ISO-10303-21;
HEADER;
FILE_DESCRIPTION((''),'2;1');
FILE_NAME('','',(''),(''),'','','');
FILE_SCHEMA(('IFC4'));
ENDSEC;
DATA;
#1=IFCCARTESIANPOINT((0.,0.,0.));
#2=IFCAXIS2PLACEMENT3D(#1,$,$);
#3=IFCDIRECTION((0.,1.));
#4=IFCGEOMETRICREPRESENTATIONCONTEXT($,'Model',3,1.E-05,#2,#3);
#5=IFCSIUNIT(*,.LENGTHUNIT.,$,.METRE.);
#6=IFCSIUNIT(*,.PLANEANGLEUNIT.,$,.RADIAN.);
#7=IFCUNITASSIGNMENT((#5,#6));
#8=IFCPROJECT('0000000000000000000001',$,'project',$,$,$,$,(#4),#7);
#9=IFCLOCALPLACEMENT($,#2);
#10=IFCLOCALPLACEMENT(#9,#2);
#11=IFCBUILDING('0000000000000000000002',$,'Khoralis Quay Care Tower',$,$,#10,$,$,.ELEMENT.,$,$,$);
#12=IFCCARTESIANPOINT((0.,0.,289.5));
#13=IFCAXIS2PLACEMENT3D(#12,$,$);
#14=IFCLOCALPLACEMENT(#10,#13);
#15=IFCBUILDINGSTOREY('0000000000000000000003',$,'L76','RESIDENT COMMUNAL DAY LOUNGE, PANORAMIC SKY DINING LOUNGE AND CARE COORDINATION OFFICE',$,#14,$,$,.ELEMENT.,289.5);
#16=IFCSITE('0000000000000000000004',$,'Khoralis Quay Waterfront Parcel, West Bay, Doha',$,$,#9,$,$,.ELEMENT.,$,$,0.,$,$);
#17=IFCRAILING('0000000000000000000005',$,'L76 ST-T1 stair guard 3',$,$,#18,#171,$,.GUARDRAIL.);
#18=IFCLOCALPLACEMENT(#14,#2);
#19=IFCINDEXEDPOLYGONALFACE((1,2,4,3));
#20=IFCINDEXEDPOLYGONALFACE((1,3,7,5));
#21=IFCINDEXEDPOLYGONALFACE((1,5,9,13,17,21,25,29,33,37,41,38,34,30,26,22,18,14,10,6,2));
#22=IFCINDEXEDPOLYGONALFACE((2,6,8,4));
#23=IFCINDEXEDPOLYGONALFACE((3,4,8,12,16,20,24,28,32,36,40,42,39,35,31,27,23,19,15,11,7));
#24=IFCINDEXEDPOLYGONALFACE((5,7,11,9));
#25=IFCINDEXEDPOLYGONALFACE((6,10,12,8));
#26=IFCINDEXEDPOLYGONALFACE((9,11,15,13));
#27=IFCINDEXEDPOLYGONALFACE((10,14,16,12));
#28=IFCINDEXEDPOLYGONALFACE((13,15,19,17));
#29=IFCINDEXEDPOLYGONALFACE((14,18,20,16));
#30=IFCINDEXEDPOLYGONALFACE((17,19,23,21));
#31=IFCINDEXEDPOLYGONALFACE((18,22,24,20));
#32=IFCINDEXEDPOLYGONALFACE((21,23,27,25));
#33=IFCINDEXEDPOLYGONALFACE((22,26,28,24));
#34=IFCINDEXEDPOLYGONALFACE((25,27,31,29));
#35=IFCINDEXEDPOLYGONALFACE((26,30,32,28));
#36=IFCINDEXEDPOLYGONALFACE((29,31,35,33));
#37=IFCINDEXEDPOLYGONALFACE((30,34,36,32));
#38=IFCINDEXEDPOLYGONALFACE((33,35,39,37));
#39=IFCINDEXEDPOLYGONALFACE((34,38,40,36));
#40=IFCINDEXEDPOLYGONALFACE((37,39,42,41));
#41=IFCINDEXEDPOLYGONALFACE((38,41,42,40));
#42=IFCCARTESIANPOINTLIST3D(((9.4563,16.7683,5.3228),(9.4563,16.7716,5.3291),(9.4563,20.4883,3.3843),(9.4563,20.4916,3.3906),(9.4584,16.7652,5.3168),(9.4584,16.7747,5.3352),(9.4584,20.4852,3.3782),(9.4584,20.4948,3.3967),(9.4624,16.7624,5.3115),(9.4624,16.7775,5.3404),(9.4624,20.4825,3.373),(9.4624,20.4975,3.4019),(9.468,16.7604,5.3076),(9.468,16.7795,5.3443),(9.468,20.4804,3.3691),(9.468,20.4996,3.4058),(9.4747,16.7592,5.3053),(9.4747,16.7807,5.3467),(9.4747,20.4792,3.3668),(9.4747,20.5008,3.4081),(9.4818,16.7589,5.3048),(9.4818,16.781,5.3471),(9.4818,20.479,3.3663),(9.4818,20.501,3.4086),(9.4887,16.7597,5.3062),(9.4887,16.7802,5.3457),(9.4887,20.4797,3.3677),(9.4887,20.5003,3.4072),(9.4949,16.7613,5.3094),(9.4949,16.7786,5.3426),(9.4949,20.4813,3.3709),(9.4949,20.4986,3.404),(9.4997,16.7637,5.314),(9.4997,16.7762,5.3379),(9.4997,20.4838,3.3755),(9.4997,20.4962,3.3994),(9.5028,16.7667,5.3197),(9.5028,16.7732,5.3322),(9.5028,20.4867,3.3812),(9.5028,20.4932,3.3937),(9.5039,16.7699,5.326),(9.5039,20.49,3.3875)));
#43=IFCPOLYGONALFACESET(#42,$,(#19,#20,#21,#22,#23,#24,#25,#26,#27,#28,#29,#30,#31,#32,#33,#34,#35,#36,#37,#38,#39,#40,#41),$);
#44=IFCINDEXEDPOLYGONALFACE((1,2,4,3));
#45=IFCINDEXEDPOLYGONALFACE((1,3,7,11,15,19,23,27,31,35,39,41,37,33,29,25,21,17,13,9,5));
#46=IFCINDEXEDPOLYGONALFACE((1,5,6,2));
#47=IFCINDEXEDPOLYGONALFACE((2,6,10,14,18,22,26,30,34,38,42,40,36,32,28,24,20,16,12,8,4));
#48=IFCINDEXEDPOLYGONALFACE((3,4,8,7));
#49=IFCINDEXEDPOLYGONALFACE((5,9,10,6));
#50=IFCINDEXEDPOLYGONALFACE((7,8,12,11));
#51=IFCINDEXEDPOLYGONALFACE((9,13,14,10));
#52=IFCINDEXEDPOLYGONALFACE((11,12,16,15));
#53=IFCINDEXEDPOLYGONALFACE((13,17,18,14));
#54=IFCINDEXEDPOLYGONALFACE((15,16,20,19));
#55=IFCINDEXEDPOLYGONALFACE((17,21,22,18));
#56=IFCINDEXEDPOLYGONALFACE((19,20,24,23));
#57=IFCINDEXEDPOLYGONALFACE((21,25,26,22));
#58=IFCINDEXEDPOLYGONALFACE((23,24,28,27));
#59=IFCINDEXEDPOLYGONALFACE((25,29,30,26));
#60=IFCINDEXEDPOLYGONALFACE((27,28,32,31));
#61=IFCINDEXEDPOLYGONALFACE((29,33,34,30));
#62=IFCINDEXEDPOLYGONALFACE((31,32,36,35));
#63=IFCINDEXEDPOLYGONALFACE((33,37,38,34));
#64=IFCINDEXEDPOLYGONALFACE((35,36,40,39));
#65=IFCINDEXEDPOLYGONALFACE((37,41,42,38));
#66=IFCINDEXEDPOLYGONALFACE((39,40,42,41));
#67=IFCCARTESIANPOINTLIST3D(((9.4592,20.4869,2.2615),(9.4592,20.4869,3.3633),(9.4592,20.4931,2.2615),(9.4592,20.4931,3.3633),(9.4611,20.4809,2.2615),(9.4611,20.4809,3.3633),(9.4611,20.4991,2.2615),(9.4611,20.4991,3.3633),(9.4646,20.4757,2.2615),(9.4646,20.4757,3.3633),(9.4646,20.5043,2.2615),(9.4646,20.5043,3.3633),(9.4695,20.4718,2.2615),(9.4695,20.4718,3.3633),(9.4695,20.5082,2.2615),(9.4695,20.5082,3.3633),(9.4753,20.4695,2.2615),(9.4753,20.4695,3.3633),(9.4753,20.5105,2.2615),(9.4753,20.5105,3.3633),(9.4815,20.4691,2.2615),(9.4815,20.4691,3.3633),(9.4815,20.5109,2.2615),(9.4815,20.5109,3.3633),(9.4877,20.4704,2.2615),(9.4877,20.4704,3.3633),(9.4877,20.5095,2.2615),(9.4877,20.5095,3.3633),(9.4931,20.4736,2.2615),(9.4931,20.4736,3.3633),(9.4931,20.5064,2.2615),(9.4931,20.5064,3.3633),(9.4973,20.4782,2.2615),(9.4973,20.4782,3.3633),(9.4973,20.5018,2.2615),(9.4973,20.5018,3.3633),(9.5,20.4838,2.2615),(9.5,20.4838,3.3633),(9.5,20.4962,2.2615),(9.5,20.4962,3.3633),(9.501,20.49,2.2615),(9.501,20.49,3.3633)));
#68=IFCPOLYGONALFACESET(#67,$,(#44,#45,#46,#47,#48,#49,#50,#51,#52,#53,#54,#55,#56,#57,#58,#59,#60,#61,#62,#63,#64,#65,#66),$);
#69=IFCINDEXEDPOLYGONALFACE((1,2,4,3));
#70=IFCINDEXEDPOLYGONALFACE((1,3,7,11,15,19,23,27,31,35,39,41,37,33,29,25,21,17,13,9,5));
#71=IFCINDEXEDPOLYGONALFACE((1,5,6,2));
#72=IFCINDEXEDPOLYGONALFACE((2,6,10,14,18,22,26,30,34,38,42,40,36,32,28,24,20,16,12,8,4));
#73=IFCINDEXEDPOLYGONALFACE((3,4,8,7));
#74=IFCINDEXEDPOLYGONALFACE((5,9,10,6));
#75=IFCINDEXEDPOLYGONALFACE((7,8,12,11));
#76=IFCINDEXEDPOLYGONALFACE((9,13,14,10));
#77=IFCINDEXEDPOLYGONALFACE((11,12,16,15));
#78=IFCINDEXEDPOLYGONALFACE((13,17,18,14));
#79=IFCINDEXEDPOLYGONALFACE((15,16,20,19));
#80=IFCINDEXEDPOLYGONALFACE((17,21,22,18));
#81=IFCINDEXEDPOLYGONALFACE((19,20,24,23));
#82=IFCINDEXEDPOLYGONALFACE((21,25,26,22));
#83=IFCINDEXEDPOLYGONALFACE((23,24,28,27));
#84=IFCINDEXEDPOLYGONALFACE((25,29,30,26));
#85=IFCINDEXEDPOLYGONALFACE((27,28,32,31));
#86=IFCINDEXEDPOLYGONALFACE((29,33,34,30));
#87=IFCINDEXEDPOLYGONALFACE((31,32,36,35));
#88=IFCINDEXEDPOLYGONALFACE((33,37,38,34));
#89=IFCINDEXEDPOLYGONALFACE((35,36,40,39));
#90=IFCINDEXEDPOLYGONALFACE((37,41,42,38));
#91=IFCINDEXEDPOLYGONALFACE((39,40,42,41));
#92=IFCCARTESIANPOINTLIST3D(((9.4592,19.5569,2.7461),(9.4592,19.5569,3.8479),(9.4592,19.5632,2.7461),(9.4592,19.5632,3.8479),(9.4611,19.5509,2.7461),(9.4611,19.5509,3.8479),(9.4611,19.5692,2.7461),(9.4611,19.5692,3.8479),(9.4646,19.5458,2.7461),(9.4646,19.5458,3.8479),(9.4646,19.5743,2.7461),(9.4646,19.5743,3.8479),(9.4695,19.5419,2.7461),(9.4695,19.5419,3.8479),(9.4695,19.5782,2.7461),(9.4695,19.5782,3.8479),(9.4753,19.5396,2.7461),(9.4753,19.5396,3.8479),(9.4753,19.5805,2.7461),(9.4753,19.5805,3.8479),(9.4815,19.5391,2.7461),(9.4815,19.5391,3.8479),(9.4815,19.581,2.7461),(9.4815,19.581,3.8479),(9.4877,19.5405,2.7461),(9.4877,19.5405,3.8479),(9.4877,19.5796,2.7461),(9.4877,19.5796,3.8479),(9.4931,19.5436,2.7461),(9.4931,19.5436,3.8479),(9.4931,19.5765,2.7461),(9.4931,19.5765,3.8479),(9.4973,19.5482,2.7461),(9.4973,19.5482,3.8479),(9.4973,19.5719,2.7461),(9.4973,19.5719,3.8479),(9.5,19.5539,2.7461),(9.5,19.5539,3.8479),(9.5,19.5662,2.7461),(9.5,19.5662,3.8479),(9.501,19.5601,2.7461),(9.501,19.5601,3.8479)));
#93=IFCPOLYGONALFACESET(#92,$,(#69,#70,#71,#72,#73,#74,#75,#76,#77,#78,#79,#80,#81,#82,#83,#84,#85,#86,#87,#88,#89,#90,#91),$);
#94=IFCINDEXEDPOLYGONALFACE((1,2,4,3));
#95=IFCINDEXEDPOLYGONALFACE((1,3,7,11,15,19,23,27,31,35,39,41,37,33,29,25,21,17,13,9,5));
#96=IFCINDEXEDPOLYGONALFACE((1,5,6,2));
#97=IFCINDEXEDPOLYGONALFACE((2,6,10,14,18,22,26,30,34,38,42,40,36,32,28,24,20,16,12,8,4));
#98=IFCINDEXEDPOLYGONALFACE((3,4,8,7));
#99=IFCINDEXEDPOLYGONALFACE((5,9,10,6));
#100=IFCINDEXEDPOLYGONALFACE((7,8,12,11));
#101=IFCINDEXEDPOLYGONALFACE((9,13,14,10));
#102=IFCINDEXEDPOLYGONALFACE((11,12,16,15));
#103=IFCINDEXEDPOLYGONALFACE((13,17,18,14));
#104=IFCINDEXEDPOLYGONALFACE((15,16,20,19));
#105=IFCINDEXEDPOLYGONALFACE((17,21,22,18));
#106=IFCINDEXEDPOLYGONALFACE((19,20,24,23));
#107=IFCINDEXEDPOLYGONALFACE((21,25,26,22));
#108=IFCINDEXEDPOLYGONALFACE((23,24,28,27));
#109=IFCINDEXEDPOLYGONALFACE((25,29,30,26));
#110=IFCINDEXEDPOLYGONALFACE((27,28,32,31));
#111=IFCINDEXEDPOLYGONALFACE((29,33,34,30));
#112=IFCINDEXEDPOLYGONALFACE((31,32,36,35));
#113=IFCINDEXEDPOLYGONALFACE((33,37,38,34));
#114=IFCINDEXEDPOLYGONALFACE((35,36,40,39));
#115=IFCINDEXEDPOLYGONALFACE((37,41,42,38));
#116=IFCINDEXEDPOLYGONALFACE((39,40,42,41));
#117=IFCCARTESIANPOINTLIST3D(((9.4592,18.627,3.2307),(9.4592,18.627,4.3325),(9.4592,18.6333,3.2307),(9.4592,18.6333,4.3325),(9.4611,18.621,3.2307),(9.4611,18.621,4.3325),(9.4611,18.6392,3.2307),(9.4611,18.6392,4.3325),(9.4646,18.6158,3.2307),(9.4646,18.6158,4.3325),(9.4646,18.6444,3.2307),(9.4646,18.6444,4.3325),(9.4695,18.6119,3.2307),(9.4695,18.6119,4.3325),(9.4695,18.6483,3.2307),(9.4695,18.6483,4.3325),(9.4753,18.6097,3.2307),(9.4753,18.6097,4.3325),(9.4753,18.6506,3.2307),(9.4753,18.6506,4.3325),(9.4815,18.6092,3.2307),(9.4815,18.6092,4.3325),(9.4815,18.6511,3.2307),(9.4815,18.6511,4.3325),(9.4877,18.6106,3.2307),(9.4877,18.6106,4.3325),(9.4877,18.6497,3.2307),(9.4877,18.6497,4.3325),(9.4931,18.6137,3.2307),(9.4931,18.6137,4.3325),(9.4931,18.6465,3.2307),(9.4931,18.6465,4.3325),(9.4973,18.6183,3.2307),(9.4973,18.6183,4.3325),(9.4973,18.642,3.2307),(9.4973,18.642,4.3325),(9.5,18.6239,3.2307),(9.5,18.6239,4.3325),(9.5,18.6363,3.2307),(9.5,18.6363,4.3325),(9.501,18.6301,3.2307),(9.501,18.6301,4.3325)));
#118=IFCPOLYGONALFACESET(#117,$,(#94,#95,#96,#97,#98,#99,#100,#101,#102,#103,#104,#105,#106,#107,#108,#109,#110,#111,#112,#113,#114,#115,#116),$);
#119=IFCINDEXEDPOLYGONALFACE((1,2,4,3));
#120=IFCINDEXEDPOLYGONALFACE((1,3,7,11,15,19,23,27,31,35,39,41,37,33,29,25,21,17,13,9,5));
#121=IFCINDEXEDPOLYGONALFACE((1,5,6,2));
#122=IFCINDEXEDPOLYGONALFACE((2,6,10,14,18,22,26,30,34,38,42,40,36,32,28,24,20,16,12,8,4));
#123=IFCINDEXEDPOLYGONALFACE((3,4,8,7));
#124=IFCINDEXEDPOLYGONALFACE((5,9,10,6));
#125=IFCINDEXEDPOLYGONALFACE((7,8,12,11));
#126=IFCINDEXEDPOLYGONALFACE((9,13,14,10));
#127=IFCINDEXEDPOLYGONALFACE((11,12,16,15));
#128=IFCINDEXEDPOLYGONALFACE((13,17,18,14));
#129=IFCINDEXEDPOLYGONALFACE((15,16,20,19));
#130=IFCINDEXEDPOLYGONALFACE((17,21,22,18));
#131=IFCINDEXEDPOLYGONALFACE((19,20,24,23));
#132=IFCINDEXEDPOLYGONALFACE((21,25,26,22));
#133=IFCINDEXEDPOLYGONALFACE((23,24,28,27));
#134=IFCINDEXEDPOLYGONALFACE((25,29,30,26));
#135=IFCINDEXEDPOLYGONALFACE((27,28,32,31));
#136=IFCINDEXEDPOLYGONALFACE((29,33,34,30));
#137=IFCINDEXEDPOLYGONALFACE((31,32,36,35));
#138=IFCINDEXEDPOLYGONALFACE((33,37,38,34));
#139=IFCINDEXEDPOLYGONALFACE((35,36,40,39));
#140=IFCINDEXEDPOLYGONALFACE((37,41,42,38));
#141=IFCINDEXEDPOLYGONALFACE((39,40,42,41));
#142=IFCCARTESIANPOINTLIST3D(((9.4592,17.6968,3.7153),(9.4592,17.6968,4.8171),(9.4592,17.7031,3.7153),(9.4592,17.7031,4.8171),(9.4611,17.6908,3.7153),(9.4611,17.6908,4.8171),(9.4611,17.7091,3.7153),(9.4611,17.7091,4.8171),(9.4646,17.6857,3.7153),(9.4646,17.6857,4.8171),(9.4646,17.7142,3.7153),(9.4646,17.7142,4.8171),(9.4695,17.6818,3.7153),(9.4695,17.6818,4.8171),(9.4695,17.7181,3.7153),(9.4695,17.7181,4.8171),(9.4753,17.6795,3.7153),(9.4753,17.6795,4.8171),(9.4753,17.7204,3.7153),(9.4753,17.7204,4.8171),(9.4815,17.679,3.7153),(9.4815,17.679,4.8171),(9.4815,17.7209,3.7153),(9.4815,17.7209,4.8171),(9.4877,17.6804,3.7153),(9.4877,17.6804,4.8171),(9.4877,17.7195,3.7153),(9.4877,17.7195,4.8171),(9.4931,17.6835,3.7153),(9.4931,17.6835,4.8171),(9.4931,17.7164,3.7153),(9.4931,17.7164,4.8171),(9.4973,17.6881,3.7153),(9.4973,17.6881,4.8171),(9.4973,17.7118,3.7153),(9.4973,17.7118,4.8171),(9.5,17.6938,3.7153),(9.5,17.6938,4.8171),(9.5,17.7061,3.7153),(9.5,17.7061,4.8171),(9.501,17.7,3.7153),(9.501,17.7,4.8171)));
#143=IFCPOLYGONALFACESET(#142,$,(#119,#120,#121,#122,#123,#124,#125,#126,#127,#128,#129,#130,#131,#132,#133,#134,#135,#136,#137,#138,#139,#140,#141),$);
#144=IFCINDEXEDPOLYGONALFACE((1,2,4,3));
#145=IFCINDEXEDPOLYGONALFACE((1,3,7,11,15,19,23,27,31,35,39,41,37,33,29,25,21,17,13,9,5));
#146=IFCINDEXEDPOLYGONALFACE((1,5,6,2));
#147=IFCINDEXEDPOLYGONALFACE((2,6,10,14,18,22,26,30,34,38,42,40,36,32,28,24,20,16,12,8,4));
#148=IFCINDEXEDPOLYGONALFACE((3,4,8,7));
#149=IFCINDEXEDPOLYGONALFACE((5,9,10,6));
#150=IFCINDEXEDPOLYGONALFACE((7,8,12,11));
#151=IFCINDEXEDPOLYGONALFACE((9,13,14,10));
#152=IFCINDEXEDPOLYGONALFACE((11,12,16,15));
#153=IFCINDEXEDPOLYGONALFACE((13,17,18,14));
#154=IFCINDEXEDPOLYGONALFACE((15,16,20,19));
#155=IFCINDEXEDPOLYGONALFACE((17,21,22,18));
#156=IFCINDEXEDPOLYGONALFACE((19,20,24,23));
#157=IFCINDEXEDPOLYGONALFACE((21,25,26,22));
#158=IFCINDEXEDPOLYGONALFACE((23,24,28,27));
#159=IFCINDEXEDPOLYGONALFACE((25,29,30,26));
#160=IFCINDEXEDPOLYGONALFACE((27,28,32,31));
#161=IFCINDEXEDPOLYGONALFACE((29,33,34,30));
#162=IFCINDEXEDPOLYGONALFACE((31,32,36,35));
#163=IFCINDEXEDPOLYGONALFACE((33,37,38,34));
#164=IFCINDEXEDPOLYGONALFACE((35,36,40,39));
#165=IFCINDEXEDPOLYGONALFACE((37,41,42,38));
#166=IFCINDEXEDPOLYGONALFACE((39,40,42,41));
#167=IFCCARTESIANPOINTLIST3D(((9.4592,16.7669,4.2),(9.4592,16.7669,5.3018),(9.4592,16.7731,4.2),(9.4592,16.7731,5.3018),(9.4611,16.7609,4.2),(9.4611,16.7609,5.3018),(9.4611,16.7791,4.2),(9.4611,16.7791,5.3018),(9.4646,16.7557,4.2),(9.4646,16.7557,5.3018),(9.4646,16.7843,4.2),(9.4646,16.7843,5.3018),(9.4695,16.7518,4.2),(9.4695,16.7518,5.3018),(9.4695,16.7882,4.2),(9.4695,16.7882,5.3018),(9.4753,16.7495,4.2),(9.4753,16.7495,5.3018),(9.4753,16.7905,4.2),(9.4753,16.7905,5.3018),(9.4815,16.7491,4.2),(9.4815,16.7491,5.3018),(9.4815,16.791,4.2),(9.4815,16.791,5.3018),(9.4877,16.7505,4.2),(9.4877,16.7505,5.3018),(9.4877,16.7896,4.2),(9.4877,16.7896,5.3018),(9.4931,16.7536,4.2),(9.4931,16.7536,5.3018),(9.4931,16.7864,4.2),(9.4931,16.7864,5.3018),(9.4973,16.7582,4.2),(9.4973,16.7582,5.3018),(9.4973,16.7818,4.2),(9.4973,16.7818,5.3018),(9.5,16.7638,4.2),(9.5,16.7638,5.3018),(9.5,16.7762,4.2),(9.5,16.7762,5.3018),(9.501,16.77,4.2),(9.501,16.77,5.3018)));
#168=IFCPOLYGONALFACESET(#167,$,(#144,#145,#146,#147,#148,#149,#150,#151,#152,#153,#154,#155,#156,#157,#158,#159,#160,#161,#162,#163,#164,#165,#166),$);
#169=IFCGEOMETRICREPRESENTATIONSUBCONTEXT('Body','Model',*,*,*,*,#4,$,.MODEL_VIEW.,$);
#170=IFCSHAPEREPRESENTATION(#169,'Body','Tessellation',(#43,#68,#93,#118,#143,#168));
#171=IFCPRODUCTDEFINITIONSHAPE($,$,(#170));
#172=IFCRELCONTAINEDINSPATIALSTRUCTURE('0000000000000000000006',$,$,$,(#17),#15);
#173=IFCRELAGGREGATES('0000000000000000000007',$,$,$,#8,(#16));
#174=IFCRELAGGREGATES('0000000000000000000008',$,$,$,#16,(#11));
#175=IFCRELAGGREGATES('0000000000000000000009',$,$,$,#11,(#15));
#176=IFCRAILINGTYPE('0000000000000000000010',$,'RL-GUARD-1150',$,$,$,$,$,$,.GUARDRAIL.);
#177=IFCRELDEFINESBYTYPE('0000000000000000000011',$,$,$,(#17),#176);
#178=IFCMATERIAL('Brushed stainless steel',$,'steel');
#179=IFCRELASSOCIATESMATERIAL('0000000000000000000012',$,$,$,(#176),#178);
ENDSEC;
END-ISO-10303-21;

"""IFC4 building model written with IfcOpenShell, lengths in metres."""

from ifc_helpers import new_model, si_unit, direction, frame, origin, origin_2d, place, context, subcontext, project, spatial, circle, extrude, material, type_object, element, save


model = new_model("IFC4")

# Units and contexts
model_context = context("Model", 3, precision=1e-05, world=origin(), true_north=direction((0.0, 1.0)))
body_context = subcontext(model_context, "Body", "Model", "MODEL_VIEW")
ifc_project = project(units=[si_unit("LENGTHUNIT", "METRE"), si_unit("PLANEANGLEUNIT", "RADIAN")], contexts=[model_context])

# Site, building, storey
site_placement = place(None, origin())
site = spatial("IfcSite", under=ifc_project, at=site_placement, Name="Khoralis Quay Waterfront Parcel, West Bay, Doha", CompositionType="ELEMENT", RefElevation=0.0)
building_placement = place(site_placement, origin())
building = spatial("IfcBuilding", under=site, at=building_placement, Name="Khoralis Quay Care Tower", CompositionType="ELEMENT")
storey_placement = place(building_placement, frame((0.0, 0.0, 289.5)))
storey = spatial("IfcBuildingStorey", under=building, at=storey_placement, Name="L76", Description="RESIDENT COMMUNAL DAY LOUNGE, PANORAMIC SKY DINING LOUNGE AND CARE COORDINATION OFFICE", CompositionType="ELEMENT", Elevation=289.5)

# Shared definitions
ifc_material_1 = material(Name="Brushed stainless steel", Category="steel")

# Railing
railing_type_1 = type_object("IfcRailingType", Name="RL-GUARD-1150", PredefinedType="GUARDRAIL", material=ifc_material_1)
railing_1_placement = place(storey_placement, frame((9.48, 20.49, 2.2615)))
element("IfcRailing", 1, at=railing_1_placement, inside=storey, type_object=railing_type_1, Name="L76 ST-T1 stair guard 3", PredefinedType="GUARDRAIL", context=body_context, shape_type="SweptSolid", body=[
    extrude(circle(Radius=0.0239, at=origin_2d()), frame((0.0, 0.0, 1.126), z_axis=(0.0, -0.886817, 0.46212), x_axis=(1.0, 0.0, 0.0)), (0.0, 0.0, 1.0), 4.1948),
    extrude(circle(Radius=0.021, at=origin_2d()), origin(), (0.0, 0.0, 1.0), 1.1018),
    extrude(circle(Radius=0.021, at=origin_2d()), frame((0.0, -0.9299, 0.4846)), (0.0, 0.0, 1.0), 1.1018),
    extrude(circle(Radius=0.021, at=origin_2d()), frame((0.0, -1.8599, 0.9692)), (0.0, 0.0, 1.0), 1.1018),
    extrude(circle(Radius=0.021, at=origin_2d()), frame((0.0, -2.79, 1.4539)), (0.0, 0.0, 1.0), 1.1018),
    extrude(circle(Radius=0.021, at=origin_2d()), frame((0.0, -3.72, 1.9385)), (0.0, 0.0, 1.0), 1.1018),
])

save(model, "model.ifc")
